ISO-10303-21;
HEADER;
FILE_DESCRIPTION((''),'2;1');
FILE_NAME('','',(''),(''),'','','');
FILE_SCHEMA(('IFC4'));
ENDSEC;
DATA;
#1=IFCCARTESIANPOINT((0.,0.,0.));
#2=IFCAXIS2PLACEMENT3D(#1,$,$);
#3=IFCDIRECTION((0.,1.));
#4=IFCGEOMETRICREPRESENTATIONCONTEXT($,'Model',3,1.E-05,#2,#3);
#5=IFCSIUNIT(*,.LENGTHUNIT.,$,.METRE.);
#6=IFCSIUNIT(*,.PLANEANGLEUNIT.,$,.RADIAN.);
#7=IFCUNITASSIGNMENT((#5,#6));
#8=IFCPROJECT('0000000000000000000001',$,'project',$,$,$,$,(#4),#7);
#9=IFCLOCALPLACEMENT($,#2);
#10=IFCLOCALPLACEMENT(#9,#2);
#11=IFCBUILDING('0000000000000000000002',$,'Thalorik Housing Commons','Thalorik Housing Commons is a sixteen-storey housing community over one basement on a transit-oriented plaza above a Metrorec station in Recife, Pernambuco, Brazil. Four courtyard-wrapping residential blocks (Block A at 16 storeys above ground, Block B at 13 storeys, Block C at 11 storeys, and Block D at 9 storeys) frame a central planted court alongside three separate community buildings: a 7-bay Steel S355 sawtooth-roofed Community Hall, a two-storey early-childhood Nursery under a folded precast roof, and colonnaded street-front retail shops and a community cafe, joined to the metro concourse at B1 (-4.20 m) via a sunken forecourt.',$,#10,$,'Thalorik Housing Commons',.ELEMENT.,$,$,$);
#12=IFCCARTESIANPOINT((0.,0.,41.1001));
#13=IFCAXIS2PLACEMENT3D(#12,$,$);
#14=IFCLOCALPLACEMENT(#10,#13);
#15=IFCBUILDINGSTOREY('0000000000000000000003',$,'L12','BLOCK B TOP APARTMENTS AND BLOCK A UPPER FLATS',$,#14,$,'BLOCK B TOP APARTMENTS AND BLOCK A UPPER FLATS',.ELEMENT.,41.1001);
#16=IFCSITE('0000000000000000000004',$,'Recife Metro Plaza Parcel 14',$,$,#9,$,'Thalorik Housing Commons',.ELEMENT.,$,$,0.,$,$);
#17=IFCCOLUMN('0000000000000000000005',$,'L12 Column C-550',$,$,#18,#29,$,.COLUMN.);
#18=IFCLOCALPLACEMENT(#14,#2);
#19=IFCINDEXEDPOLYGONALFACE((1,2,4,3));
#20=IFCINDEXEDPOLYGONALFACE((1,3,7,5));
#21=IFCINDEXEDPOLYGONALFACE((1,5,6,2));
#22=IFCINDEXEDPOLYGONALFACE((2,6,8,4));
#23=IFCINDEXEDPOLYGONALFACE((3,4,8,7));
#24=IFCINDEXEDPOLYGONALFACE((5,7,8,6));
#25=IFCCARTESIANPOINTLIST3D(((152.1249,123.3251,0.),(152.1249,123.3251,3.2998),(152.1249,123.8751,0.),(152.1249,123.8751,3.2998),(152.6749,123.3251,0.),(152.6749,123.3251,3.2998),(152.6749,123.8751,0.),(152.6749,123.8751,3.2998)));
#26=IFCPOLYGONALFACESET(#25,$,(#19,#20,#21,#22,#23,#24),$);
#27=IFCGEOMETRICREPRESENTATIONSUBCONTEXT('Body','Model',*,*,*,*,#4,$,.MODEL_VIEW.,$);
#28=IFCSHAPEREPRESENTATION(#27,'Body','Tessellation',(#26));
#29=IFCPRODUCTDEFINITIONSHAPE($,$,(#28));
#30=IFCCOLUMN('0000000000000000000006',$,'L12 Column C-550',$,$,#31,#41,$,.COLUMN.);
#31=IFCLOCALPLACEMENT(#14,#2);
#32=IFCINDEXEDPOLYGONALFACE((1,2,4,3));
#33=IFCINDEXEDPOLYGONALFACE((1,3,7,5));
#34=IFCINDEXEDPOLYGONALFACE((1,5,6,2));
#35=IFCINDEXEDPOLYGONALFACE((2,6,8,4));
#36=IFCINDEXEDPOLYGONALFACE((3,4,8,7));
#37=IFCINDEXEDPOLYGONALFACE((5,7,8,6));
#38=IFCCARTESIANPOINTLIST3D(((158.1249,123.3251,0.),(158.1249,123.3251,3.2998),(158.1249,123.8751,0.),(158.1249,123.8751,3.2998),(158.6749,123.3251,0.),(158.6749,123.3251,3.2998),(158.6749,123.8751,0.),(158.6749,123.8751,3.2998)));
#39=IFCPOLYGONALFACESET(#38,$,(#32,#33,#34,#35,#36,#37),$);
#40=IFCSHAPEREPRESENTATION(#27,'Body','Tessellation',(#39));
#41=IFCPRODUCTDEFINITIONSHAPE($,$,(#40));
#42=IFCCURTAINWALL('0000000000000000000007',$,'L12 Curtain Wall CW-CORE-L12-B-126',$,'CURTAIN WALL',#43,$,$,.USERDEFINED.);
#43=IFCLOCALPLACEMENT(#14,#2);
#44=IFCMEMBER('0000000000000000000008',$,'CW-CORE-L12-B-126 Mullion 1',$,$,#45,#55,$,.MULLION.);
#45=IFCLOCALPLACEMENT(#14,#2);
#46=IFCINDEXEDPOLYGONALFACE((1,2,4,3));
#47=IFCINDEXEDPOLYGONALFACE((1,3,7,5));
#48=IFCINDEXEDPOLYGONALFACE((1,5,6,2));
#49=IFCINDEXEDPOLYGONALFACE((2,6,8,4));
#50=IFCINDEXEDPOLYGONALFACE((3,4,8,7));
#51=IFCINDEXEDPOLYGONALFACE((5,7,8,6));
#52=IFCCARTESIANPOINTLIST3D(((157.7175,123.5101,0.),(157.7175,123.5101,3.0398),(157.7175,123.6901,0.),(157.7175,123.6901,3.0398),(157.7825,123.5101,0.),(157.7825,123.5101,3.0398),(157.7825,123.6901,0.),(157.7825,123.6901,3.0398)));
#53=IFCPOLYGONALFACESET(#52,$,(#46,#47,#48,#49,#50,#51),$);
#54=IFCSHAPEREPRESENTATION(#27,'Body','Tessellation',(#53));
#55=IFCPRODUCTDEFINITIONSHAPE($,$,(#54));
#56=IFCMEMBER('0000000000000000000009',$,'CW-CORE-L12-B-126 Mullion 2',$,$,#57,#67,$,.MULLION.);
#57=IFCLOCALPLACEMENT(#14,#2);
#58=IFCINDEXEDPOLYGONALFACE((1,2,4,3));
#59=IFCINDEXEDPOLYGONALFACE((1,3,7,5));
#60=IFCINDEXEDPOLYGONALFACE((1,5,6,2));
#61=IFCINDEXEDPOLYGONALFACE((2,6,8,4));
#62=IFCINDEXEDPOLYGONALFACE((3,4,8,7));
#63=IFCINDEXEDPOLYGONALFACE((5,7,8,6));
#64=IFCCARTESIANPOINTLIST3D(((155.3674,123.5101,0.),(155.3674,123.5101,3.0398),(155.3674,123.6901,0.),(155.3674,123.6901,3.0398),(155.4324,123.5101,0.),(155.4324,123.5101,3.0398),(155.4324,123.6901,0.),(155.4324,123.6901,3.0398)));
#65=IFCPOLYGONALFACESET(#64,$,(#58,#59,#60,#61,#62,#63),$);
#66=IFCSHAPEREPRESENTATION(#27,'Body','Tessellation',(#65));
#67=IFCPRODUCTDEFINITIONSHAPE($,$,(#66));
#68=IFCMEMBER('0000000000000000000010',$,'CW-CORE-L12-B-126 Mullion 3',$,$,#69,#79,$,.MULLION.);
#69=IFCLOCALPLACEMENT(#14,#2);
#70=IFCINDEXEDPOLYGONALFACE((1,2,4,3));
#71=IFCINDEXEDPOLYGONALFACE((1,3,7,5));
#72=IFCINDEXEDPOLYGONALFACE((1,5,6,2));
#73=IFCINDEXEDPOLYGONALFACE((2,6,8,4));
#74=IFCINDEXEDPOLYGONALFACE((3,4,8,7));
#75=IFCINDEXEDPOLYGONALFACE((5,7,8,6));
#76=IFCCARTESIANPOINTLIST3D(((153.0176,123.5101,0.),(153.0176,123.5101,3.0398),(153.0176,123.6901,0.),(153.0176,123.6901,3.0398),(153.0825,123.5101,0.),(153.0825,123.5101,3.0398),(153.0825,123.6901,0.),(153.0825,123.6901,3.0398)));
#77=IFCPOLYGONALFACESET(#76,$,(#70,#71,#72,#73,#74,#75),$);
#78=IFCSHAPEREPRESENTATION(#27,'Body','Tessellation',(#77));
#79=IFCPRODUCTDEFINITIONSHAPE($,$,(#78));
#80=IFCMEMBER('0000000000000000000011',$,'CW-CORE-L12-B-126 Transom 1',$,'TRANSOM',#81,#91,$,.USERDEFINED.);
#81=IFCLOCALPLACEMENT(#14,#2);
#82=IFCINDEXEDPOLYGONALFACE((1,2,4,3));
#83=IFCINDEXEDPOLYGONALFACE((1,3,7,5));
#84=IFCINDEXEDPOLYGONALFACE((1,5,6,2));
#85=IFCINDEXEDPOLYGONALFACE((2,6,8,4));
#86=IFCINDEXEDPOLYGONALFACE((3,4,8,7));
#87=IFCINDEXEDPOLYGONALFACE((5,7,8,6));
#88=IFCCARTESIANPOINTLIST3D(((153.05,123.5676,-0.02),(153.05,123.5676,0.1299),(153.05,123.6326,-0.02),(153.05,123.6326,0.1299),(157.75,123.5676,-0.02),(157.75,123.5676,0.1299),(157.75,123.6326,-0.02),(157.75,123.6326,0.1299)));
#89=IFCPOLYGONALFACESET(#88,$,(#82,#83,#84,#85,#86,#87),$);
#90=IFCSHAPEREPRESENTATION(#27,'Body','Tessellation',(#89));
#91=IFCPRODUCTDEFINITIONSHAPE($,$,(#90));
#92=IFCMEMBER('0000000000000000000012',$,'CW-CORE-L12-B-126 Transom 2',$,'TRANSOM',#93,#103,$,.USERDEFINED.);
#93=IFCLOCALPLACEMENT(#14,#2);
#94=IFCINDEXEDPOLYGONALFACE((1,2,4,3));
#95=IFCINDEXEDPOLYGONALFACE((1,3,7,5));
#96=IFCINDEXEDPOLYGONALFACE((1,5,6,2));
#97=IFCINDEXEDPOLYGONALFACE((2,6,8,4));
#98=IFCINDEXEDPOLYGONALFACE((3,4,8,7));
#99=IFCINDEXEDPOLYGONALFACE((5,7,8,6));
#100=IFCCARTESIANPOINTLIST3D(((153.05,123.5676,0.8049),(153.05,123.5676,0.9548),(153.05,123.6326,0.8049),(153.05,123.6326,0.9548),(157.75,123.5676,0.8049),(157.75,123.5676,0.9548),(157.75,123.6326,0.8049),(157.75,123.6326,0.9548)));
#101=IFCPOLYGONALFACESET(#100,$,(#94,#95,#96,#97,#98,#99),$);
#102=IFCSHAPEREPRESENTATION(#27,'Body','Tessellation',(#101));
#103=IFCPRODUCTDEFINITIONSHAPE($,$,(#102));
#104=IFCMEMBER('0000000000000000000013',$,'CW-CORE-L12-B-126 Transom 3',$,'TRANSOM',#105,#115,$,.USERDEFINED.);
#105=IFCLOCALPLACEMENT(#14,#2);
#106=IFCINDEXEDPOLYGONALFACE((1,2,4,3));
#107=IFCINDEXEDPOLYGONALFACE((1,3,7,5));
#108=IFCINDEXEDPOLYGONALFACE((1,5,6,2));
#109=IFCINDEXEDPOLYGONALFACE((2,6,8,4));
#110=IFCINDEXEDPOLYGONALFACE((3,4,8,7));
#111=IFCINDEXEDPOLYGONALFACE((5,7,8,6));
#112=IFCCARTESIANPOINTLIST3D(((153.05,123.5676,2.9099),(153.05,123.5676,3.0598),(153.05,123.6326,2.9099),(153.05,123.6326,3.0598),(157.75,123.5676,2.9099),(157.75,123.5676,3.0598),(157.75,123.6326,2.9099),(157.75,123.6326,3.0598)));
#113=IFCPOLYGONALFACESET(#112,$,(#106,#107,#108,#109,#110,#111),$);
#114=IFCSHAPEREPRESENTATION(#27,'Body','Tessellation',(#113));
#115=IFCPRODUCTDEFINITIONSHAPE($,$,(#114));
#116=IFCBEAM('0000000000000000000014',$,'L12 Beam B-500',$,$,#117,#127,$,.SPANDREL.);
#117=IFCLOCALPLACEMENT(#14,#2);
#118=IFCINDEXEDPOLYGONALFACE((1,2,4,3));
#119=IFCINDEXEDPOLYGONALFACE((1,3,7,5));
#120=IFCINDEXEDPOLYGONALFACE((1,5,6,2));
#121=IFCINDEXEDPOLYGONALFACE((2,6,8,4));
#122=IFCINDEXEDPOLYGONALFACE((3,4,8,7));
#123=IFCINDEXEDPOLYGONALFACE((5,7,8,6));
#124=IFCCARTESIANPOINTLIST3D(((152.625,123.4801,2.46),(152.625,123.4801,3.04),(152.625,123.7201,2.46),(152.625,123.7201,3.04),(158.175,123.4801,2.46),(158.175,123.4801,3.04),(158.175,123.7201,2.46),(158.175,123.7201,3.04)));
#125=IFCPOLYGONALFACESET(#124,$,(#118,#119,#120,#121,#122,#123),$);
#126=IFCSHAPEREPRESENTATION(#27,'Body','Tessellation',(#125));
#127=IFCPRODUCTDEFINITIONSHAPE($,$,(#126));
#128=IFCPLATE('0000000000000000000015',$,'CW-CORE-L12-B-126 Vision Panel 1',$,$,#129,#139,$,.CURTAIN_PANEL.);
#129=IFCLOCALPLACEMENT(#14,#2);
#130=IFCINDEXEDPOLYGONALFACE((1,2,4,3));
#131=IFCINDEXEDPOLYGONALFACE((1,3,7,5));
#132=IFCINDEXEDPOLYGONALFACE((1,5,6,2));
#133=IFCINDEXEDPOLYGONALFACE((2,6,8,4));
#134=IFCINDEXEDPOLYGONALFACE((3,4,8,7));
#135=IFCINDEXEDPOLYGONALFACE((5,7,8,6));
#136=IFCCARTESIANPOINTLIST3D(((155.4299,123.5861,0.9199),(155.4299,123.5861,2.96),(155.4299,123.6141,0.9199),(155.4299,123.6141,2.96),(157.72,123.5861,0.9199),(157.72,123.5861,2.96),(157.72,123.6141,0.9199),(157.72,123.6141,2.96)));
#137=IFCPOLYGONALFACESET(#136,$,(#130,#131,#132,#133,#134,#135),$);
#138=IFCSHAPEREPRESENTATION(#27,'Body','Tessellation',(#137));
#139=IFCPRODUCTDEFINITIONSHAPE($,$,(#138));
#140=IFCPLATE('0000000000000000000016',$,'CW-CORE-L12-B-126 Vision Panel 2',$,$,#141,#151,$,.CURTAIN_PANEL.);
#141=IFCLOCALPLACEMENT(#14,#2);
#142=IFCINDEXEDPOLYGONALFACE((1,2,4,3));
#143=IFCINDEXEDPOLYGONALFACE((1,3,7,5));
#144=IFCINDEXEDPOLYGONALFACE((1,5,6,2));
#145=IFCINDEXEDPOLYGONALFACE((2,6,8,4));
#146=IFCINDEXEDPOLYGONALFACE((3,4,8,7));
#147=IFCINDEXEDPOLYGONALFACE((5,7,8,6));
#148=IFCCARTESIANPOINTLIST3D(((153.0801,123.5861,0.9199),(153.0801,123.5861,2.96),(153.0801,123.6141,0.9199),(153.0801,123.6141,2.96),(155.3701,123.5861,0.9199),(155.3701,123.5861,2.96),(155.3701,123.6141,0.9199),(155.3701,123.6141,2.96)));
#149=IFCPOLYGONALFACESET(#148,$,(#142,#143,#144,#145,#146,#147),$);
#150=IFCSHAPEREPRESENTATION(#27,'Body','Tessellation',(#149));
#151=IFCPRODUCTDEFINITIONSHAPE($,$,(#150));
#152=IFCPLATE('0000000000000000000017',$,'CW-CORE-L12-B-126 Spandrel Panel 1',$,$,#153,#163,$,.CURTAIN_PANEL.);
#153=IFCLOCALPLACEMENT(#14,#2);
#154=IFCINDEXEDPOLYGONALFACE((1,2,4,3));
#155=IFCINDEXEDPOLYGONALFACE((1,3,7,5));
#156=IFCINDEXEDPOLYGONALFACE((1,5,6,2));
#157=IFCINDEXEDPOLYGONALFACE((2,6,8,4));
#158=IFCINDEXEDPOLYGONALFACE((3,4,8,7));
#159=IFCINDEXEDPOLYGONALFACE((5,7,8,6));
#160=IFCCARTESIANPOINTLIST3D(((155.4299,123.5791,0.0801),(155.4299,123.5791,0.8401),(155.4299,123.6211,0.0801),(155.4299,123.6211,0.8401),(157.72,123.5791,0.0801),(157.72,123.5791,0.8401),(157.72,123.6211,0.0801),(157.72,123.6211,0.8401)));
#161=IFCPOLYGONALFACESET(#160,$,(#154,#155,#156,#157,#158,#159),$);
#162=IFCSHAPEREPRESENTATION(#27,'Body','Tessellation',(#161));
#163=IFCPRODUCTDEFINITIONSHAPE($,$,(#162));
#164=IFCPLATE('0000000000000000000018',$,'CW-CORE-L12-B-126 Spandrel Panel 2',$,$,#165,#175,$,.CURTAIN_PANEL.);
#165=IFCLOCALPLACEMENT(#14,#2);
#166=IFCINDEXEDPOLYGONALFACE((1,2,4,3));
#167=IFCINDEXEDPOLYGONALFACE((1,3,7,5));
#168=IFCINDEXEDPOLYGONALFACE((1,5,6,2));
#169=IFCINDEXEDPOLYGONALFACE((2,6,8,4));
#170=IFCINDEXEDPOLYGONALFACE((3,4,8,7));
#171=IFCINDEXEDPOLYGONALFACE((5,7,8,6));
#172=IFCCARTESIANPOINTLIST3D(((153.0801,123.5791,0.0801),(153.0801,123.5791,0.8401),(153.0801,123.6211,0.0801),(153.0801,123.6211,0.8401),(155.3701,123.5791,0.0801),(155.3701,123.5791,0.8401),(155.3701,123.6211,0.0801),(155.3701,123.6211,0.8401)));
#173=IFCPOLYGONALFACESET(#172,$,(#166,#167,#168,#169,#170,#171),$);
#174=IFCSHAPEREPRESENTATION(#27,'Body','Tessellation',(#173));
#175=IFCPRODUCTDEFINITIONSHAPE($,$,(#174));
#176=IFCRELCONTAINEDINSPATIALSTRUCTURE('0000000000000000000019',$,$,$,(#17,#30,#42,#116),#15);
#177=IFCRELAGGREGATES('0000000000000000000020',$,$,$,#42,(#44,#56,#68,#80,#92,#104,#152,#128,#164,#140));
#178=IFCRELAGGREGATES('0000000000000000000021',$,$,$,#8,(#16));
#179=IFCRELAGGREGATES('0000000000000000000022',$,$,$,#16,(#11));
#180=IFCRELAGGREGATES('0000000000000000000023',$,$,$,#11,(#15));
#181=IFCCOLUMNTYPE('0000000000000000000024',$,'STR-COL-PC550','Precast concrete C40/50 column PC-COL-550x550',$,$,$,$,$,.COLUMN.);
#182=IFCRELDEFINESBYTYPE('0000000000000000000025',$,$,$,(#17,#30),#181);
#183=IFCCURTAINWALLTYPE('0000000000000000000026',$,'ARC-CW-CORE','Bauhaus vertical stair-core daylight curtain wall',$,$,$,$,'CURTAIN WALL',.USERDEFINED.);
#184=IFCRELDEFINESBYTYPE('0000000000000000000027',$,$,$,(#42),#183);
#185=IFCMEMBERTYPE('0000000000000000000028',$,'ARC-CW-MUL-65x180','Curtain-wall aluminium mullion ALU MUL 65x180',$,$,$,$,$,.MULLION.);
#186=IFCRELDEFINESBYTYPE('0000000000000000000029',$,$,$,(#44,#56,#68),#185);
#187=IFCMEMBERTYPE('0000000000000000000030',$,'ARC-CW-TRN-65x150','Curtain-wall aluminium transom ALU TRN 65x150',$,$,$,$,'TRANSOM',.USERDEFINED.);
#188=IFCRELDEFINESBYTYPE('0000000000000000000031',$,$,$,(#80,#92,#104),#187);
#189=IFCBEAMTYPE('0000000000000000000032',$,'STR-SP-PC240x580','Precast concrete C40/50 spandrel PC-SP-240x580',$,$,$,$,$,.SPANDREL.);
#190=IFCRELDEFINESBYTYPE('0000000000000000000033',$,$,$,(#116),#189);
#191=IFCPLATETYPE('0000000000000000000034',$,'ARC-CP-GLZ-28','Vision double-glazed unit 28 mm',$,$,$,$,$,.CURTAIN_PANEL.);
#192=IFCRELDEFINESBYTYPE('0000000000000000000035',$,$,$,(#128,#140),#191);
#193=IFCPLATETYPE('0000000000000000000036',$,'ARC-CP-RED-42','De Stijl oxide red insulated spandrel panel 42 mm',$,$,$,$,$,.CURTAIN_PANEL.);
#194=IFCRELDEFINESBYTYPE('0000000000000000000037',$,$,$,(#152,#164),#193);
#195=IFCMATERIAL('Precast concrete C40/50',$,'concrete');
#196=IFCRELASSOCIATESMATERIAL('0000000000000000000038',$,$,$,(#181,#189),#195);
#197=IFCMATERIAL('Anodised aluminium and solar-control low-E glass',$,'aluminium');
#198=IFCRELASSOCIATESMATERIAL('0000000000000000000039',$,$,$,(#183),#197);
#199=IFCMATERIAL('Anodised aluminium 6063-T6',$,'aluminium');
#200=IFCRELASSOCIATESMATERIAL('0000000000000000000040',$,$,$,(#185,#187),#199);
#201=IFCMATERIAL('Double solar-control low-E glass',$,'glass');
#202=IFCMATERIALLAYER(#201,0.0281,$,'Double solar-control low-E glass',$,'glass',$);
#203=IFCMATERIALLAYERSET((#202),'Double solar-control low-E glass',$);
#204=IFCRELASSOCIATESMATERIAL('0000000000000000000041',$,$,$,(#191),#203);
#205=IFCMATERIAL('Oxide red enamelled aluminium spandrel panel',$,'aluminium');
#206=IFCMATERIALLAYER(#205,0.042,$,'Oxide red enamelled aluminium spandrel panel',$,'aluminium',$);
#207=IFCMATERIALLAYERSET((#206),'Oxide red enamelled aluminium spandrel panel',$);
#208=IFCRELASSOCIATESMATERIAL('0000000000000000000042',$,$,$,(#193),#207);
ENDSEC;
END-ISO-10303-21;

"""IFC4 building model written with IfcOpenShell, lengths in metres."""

from ifc_helpers import new_model, si_unit, direction, frame, origin, origin_2d, place, context, subcontext, project, spatial, rectangle, extrude, material, layer, layer_set, material_profile, profile_set, type_object, element, aggregate, save


model = new_model("IFC4")

# Units and contexts
model_context = context("Model", 3, precision=1e-05, world=origin(), true_north=direction((0.0, 1.0)))
body_context = subcontext(model_context, "Body", "Model", "MODEL_VIEW")
ifc_project = project(units=[si_unit("LENGTHUNIT", "METRE"), si_unit("PLANEANGLEUNIT", "RADIAN")], contexts=[model_context])

# Site, building, storey
site_placement = place(None, origin())
site = spatial("IfcSite", under=ifc_project, at=site_placement, Name="Recife Metro Plaza Parcel 14", LongName="Thalorik Housing Commons", CompositionType="ELEMENT", RefElevation=0.0)
building_placement = place(site_placement, origin())
building = spatial("IfcBuilding", under=site, at=building_placement, Name="Thalorik Housing Commons", Description="Thalorik Housing Commons is a sixteen-storey housing community over one basement on a transit-oriented plaza above a Metrorec station in Recife, Pernambuco, Brazil. Four courtyard-wrapping residential blocks (Block A at 16 storeys above ground, Block B at 13 storeys, Block C at 11 storeys, and Block D at 9 storeys) frame a central planted court alongside three separate community buildings: a 7-bay Steel S355 sawtooth-roofed Community Hall, a two-storey early-childhood Nursery under a folded precast roof, and colonnaded street-front retail shops and a community cafe, joined to the metro concourse at B1 (-4.20 m) via a sunken forecourt.", LongName="Thalorik Housing Commons", CompositionType="ELEMENT")
storey_placement = place(building_placement, frame((0.0, 0.0, 41.1001)))
storey = spatial("IfcBuildingStorey", under=building, at=storey_placement, Name="L12", Description="BLOCK B TOP APARTMENTS AND BLOCK A UPPER FLATS", LongName="BLOCK B TOP APARTMENTS AND BLOCK A UPPER FLATS", CompositionType="ELEMENT", Elevation=41.1001)

# Columns
ifc_material_1 = material(Name="Precast concrete C40/50", Category="concrete")
ifc_material_profile_1 = material_profile(ifc_material_1, rectangle(XDim=0.55, YDim=0.55, at=origin_2d()), Name="PC 550x550", Category="concrete")
ifc_profile_set_1 = profile_set([ifc_material_profile_1], Name="Precast concrete C40/50")
column_type = type_object("IfcColumnType", Name="STR-COL-PC550", Description="Precast concrete C40/50 column PC-COL-550x550", PredefinedType="COLUMN", material=ifc_profile_set_1)
for number, where, z_axis, x_axis, name in (
    (1, (152.3999, 123.6001, 0.0), (0.0, 0.0, 1.0), (1.0, 0.0, 0.0), "L12 Column C-550"),
    (2, (158.3999, 123.6001, 0.0), (0.0, 0.0, 1.0), (1.0, 0.0, 0.0), "L12 Column C-550"),
):
    element("IfcColumn", number, at=place(storey_placement, frame(where, z_axis=z_axis, x_axis=x_axis)), inside=storey, type_object=column_type, Name=name, PredefinedType="COLUMN", context=body_context, shape_type="SweptSolid", body=[
        extrude(rectangle(XDim=0.55, YDim=0.55, at=origin_2d()), origin(), (0.0, 0.0, 1.0), 3.2998),
    ])

# Curtain wall, members
ifc_material_2 = material(Name="Anodised aluminium and solar-control low-E glass", Category="aluminium")
curtain_wall_type = type_object("IfcCurtainWallType", Name="ARC-CW-CORE", Description="Bauhaus vertical stair-core daylight curtain wall", ElementType="CURTAIN WALL", PredefinedType="USERDEFINED", material=ifc_material_2)
curtain_wall_placement = place(storey_placement, origin())
curtain_wall = element("IfcCurtainWall", 3, at=curtain_wall_placement, inside=storey, type_object=curtain_wall_type, Name="L12 Curtain Wall CW-CORE-L12-B-126", ObjectType="CURTAIN WALL", PredefinedType="USERDEFINED")
ifc_material_3 = material(Name="Anodised aluminium 6063-T6", Category="aluminium")
ifc_material_profile_2 = material_profile(ifc_material_3, rectangle(XDim=0.0649, YDim=0.1799, at=origin_2d()), Name="ALU MUL 65x180", Category="aluminium")
ifc_profile_set_2 = profile_set([ifc_material_profile_2], Name="Anodised aluminium 6063-T6")
member_type_1 = type_object("IfcMemberType", Name="ARC-CW-MUL-65x180", Description="Curtain-wall aluminium mullion ALU MUL 65x180", PredefinedType="MULLION", material=ifc_profile_set_2)
member_1_placement = place(storey_placement, frame((157.75, 123.6001, 0.0), z_axis=(0.0, 0.0, 1.0), x_axis=(-1.0, 0.0, 0.0)))
member_1 = element("IfcMember", 4, at=member_1_placement, type_object=member_type_1, Name="CW-CORE-L12-B-126 Mullion 1", PredefinedType="MULLION", context=body_context, shape_type="SweptSolid", body=[
    extrude(rectangle(XDim=0.0649, YDim=0.1799, at=origin_2d()), origin(), (0.0, 0.0, 1.0), 3.0398),
])
member_2_placement = place(storey_placement, frame((155.3999, 123.6001, 0.0), z_axis=(0.0, 0.0, 1.0), x_axis=(-1.0, 0.0, 0.0)))
member_2 = element("IfcMember", 5, at=member_2_placement, type_object=member_type_1, Name="CW-CORE-L12-B-126 Mullion 2", PredefinedType="MULLION", context=body_context, shape_type="SweptSolid", body=[
    extrude(rectangle(XDim=0.0649, YDim=0.1799, at=origin_2d()), origin(), (0.0, 0.0, 1.0), 3.0398),
])
member_3_placement = place(storey_placement, frame((153.05, 123.6001, 0.0), z_axis=(0.0, 0.0, 1.0), x_axis=(-1.0, 0.0, 0.0)))
member_3 = element("IfcMember", 6, at=member_3_placement, type_object=member_type_1, Name="CW-CORE-L12-B-126 Mullion 3", PredefinedType="MULLION", context=body_context, shape_type="SweptSolid", body=[
    extrude(rectangle(XDim=0.0649, YDim=0.1799, at=origin_2d()), origin(), (0.0, 0.0, 1.0), 3.0398),
])
ifc_material_profile_3 = material_profile(ifc_material_3, rectangle(XDim=0.0649, YDim=0.1499, at=origin_2d()), Name="ALU TRN 65x150", Category="aluminium")
ifc_profile_set_3 = profile_set([ifc_material_profile_3], Name="Anodised aluminium 6063-T6")
member_type_2 = type_object("IfcMemberType", Name="ARC-CW-TRN-65x150", Description="Curtain-wall aluminium transom ALU TRN 65x150", ElementType="TRANSOM", PredefinedType="USERDEFINED", material=ifc_profile_set_3)
member_4_placement = place(storey_placement, frame((157.75, 123.6001, 0.0549), z_axis=(-1.0, 0.0, 0.0), x_axis=(0.0, -1.0, 0.0)))
member_4 = element("IfcMember", 7, at=member_4_placement, type_object=member_type_2, Name="CW-CORE-L12-B-126 Transom 1", ObjectType="TRANSOM", PredefinedType="USERDEFINED", context=body_context, shape_type="SweptSolid", body=[
    extrude(rectangle(XDim=0.0649, YDim=0.1499, at=origin_2d()), origin(), (0.0, 0.0, 1.0), 4.7),
])
member_5_placement = place(storey_placement, frame((157.75, 123.6001, 0.8799), z_axis=(-1.0, 0.0, 0.0), x_axis=(0.0, -1.0, 0.0)))
member_5 = element("IfcMember", 8, at=member_5_placement, type_object=member_type_2, Name="CW-CORE-L12-B-126 Transom 2", ObjectType="TRANSOM", PredefinedType="USERDEFINED", context=body_context, shape_type="SweptSolid", body=[
    extrude(rectangle(XDim=0.0649, YDim=0.1499, at=origin_2d()), origin(), (0.0, 0.0, 1.0), 4.7),
])
member_6_placement = place(storey_placement, frame((157.75, 123.6001, 2.9849), z_axis=(-1.0, 0.0, 0.0), x_axis=(0.0, -1.0, 0.0)))
member_6 = element("IfcMember", 9, at=member_6_placement, type_object=member_type_2, Name="CW-CORE-L12-B-126 Transom 3", ObjectType="TRANSOM", PredefinedType="USERDEFINED", context=body_context, shape_type="SweptSolid", body=[
    extrude(rectangle(XDim=0.0649, YDim=0.1499, at=origin_2d()), origin(), (0.0, 0.0, 1.0), 4.7),
])

# Beam
ifc_material_profile_4 = material_profile(ifc_material_1, rectangle(XDim=0.24, YDim=0.5801, at=origin_2d()), Name="PC SP 240x580", Category="concrete")
ifc_profile_set_4 = profile_set([ifc_material_profile_4], Name="Precast concrete C40/50")
beam_type = type_object("IfcBeamType", Name="STR-SP-PC240x580", Description="Precast concrete C40/50 spandrel PC-SP-240x580", PredefinedType="SPANDREL", material=ifc_profile_set_4)
beam_placement = place(storey_placement, frame((152.625, 123.6001, 2.75), z_axis=(1.0, 0.0, 0.0), x_axis=(0.0, 1.0, 0.0)))
element("IfcBeam", 10, at=beam_placement, inside=storey, type_object=beam_type, Name="L12 Beam B-500", PredefinedType="SPANDREL", context=body_context, shape_type="SweptSolid", body=[
    extrude(rectangle(XDim=0.24, YDim=0.5801, at=origin_2d()), origin(), (0.0, 0.0, 1.0), 5.55),
])

# Plates
ifc_material_4 = material(Name="Double solar-control low-E glass", Category="glass")
ifc_layer_1 = layer(ifc_material_4, 0.0281, Name="Double solar-control low-E glass", Category="glass")
ifc_layer_set_1 = layer_set([ifc_layer_1], Name="Double solar-control low-E glass")
plate_type_1 = type_object("IfcPlateType", Name="ARC-CP-GLZ-28", Description="Vision double-glazed unit 28 mm", PredefinedType="CURTAIN_PANEL", material=ifc_layer_set_1)
plate_1_placement = place(storey_placement, frame((156.575, 123.6001, 0.9199), z_axis=(0.0, 0.0, 1.0), x_axis=(-1.0, 0.0, 0.0)))
plate_1 = element("IfcPlate", 11, at=plate_1_placement, type_object=plate_type_1, Name="CW-CORE-L12-B-126 Vision Panel 1", PredefinedType="CURTAIN_PANEL", context=body_context, shape_type="SweptSolid", body=[
    extrude(rectangle(XDim=2.29, YDim=0.0281, at=origin_2d()), origin(), (0.0, 0.0, 1.0), 2.04),
])
plate_2_placement = place(storey_placement, frame((154.2251, 123.6001, 0.9199), z_axis=(0.0, 0.0, 1.0), x_axis=(-1.0, 0.0, 0.0)))
plate_2 = element("IfcPlate", 12, at=plate_2_placement, type_object=plate_type_1, Name="CW-CORE-L12-B-126 Vision Panel 2", PredefinedType="CURTAIN_PANEL", context=body_context, shape_type="SweptSolid", body=[
    extrude(rectangle(XDim=2.29, YDim=0.0281, at=origin_2d()), origin(), (0.0, 0.0, 1.0), 2.04),
])
ifc_material_5 = material(Name="Oxide red enamelled aluminium spandrel panel", Category="aluminium")
ifc_layer_2 = layer(ifc_material_5, 0.042, Name="Oxide red enamelled aluminium spandrel panel", Category="aluminium")
ifc_layer_set_2 = layer_set([ifc_layer_2], Name="Oxide red enamelled aluminium spandrel panel")
plate_type_2 = type_object("IfcPlateType", Name="ARC-CP-RED-42", Description="De Stijl oxide red insulated spandrel panel 42 mm", PredefinedType="CURTAIN_PANEL", material=ifc_layer_set_2)
plate_3_placement = place(storey_placement, frame((156.575, 123.6001, 0.0801), z_axis=(0.0, 0.0, 1.0), x_axis=(-1.0, 0.0, 0.0)))
plate_3 = element("IfcPlate", 13, at=plate_3_placement, type_object=plate_type_2, Name="CW-CORE-L12-B-126 Spandrel Panel 1", PredefinedType="CURTAIN_PANEL", context=body_context, shape_type="SweptSolid", body=[
    extrude(rectangle(XDim=2.29, YDim=0.042, at=origin_2d()), origin(), (0.0, 0.0, 1.0), 0.76),
])
plate_4_placement = place(storey_placement, frame((154.2251, 123.6001, 0.0801), z_axis=(0.0, 0.0, 1.0), x_axis=(-1.0, 0.0, 0.0)))
plate_4 = element("IfcPlate", 14, at=plate_4_placement, type_object=plate_type_2, Name="CW-CORE-L12-B-126 Spandrel Panel 2", PredefinedType="CURTAIN_PANEL", context=body_context, shape_type="SweptSolid", body=[
    extrude(rectangle(XDim=2.29, YDim=0.042, at=origin_2d()), origin(), (0.0, 0.0, 1.0), 0.76),
])
aggregate(curtain_wall, [member_1, member_2, member_3, member_4, member_5, member_6, plate_3, plate_1, plate_4, plate_2])

save(model, "model.ifc")
